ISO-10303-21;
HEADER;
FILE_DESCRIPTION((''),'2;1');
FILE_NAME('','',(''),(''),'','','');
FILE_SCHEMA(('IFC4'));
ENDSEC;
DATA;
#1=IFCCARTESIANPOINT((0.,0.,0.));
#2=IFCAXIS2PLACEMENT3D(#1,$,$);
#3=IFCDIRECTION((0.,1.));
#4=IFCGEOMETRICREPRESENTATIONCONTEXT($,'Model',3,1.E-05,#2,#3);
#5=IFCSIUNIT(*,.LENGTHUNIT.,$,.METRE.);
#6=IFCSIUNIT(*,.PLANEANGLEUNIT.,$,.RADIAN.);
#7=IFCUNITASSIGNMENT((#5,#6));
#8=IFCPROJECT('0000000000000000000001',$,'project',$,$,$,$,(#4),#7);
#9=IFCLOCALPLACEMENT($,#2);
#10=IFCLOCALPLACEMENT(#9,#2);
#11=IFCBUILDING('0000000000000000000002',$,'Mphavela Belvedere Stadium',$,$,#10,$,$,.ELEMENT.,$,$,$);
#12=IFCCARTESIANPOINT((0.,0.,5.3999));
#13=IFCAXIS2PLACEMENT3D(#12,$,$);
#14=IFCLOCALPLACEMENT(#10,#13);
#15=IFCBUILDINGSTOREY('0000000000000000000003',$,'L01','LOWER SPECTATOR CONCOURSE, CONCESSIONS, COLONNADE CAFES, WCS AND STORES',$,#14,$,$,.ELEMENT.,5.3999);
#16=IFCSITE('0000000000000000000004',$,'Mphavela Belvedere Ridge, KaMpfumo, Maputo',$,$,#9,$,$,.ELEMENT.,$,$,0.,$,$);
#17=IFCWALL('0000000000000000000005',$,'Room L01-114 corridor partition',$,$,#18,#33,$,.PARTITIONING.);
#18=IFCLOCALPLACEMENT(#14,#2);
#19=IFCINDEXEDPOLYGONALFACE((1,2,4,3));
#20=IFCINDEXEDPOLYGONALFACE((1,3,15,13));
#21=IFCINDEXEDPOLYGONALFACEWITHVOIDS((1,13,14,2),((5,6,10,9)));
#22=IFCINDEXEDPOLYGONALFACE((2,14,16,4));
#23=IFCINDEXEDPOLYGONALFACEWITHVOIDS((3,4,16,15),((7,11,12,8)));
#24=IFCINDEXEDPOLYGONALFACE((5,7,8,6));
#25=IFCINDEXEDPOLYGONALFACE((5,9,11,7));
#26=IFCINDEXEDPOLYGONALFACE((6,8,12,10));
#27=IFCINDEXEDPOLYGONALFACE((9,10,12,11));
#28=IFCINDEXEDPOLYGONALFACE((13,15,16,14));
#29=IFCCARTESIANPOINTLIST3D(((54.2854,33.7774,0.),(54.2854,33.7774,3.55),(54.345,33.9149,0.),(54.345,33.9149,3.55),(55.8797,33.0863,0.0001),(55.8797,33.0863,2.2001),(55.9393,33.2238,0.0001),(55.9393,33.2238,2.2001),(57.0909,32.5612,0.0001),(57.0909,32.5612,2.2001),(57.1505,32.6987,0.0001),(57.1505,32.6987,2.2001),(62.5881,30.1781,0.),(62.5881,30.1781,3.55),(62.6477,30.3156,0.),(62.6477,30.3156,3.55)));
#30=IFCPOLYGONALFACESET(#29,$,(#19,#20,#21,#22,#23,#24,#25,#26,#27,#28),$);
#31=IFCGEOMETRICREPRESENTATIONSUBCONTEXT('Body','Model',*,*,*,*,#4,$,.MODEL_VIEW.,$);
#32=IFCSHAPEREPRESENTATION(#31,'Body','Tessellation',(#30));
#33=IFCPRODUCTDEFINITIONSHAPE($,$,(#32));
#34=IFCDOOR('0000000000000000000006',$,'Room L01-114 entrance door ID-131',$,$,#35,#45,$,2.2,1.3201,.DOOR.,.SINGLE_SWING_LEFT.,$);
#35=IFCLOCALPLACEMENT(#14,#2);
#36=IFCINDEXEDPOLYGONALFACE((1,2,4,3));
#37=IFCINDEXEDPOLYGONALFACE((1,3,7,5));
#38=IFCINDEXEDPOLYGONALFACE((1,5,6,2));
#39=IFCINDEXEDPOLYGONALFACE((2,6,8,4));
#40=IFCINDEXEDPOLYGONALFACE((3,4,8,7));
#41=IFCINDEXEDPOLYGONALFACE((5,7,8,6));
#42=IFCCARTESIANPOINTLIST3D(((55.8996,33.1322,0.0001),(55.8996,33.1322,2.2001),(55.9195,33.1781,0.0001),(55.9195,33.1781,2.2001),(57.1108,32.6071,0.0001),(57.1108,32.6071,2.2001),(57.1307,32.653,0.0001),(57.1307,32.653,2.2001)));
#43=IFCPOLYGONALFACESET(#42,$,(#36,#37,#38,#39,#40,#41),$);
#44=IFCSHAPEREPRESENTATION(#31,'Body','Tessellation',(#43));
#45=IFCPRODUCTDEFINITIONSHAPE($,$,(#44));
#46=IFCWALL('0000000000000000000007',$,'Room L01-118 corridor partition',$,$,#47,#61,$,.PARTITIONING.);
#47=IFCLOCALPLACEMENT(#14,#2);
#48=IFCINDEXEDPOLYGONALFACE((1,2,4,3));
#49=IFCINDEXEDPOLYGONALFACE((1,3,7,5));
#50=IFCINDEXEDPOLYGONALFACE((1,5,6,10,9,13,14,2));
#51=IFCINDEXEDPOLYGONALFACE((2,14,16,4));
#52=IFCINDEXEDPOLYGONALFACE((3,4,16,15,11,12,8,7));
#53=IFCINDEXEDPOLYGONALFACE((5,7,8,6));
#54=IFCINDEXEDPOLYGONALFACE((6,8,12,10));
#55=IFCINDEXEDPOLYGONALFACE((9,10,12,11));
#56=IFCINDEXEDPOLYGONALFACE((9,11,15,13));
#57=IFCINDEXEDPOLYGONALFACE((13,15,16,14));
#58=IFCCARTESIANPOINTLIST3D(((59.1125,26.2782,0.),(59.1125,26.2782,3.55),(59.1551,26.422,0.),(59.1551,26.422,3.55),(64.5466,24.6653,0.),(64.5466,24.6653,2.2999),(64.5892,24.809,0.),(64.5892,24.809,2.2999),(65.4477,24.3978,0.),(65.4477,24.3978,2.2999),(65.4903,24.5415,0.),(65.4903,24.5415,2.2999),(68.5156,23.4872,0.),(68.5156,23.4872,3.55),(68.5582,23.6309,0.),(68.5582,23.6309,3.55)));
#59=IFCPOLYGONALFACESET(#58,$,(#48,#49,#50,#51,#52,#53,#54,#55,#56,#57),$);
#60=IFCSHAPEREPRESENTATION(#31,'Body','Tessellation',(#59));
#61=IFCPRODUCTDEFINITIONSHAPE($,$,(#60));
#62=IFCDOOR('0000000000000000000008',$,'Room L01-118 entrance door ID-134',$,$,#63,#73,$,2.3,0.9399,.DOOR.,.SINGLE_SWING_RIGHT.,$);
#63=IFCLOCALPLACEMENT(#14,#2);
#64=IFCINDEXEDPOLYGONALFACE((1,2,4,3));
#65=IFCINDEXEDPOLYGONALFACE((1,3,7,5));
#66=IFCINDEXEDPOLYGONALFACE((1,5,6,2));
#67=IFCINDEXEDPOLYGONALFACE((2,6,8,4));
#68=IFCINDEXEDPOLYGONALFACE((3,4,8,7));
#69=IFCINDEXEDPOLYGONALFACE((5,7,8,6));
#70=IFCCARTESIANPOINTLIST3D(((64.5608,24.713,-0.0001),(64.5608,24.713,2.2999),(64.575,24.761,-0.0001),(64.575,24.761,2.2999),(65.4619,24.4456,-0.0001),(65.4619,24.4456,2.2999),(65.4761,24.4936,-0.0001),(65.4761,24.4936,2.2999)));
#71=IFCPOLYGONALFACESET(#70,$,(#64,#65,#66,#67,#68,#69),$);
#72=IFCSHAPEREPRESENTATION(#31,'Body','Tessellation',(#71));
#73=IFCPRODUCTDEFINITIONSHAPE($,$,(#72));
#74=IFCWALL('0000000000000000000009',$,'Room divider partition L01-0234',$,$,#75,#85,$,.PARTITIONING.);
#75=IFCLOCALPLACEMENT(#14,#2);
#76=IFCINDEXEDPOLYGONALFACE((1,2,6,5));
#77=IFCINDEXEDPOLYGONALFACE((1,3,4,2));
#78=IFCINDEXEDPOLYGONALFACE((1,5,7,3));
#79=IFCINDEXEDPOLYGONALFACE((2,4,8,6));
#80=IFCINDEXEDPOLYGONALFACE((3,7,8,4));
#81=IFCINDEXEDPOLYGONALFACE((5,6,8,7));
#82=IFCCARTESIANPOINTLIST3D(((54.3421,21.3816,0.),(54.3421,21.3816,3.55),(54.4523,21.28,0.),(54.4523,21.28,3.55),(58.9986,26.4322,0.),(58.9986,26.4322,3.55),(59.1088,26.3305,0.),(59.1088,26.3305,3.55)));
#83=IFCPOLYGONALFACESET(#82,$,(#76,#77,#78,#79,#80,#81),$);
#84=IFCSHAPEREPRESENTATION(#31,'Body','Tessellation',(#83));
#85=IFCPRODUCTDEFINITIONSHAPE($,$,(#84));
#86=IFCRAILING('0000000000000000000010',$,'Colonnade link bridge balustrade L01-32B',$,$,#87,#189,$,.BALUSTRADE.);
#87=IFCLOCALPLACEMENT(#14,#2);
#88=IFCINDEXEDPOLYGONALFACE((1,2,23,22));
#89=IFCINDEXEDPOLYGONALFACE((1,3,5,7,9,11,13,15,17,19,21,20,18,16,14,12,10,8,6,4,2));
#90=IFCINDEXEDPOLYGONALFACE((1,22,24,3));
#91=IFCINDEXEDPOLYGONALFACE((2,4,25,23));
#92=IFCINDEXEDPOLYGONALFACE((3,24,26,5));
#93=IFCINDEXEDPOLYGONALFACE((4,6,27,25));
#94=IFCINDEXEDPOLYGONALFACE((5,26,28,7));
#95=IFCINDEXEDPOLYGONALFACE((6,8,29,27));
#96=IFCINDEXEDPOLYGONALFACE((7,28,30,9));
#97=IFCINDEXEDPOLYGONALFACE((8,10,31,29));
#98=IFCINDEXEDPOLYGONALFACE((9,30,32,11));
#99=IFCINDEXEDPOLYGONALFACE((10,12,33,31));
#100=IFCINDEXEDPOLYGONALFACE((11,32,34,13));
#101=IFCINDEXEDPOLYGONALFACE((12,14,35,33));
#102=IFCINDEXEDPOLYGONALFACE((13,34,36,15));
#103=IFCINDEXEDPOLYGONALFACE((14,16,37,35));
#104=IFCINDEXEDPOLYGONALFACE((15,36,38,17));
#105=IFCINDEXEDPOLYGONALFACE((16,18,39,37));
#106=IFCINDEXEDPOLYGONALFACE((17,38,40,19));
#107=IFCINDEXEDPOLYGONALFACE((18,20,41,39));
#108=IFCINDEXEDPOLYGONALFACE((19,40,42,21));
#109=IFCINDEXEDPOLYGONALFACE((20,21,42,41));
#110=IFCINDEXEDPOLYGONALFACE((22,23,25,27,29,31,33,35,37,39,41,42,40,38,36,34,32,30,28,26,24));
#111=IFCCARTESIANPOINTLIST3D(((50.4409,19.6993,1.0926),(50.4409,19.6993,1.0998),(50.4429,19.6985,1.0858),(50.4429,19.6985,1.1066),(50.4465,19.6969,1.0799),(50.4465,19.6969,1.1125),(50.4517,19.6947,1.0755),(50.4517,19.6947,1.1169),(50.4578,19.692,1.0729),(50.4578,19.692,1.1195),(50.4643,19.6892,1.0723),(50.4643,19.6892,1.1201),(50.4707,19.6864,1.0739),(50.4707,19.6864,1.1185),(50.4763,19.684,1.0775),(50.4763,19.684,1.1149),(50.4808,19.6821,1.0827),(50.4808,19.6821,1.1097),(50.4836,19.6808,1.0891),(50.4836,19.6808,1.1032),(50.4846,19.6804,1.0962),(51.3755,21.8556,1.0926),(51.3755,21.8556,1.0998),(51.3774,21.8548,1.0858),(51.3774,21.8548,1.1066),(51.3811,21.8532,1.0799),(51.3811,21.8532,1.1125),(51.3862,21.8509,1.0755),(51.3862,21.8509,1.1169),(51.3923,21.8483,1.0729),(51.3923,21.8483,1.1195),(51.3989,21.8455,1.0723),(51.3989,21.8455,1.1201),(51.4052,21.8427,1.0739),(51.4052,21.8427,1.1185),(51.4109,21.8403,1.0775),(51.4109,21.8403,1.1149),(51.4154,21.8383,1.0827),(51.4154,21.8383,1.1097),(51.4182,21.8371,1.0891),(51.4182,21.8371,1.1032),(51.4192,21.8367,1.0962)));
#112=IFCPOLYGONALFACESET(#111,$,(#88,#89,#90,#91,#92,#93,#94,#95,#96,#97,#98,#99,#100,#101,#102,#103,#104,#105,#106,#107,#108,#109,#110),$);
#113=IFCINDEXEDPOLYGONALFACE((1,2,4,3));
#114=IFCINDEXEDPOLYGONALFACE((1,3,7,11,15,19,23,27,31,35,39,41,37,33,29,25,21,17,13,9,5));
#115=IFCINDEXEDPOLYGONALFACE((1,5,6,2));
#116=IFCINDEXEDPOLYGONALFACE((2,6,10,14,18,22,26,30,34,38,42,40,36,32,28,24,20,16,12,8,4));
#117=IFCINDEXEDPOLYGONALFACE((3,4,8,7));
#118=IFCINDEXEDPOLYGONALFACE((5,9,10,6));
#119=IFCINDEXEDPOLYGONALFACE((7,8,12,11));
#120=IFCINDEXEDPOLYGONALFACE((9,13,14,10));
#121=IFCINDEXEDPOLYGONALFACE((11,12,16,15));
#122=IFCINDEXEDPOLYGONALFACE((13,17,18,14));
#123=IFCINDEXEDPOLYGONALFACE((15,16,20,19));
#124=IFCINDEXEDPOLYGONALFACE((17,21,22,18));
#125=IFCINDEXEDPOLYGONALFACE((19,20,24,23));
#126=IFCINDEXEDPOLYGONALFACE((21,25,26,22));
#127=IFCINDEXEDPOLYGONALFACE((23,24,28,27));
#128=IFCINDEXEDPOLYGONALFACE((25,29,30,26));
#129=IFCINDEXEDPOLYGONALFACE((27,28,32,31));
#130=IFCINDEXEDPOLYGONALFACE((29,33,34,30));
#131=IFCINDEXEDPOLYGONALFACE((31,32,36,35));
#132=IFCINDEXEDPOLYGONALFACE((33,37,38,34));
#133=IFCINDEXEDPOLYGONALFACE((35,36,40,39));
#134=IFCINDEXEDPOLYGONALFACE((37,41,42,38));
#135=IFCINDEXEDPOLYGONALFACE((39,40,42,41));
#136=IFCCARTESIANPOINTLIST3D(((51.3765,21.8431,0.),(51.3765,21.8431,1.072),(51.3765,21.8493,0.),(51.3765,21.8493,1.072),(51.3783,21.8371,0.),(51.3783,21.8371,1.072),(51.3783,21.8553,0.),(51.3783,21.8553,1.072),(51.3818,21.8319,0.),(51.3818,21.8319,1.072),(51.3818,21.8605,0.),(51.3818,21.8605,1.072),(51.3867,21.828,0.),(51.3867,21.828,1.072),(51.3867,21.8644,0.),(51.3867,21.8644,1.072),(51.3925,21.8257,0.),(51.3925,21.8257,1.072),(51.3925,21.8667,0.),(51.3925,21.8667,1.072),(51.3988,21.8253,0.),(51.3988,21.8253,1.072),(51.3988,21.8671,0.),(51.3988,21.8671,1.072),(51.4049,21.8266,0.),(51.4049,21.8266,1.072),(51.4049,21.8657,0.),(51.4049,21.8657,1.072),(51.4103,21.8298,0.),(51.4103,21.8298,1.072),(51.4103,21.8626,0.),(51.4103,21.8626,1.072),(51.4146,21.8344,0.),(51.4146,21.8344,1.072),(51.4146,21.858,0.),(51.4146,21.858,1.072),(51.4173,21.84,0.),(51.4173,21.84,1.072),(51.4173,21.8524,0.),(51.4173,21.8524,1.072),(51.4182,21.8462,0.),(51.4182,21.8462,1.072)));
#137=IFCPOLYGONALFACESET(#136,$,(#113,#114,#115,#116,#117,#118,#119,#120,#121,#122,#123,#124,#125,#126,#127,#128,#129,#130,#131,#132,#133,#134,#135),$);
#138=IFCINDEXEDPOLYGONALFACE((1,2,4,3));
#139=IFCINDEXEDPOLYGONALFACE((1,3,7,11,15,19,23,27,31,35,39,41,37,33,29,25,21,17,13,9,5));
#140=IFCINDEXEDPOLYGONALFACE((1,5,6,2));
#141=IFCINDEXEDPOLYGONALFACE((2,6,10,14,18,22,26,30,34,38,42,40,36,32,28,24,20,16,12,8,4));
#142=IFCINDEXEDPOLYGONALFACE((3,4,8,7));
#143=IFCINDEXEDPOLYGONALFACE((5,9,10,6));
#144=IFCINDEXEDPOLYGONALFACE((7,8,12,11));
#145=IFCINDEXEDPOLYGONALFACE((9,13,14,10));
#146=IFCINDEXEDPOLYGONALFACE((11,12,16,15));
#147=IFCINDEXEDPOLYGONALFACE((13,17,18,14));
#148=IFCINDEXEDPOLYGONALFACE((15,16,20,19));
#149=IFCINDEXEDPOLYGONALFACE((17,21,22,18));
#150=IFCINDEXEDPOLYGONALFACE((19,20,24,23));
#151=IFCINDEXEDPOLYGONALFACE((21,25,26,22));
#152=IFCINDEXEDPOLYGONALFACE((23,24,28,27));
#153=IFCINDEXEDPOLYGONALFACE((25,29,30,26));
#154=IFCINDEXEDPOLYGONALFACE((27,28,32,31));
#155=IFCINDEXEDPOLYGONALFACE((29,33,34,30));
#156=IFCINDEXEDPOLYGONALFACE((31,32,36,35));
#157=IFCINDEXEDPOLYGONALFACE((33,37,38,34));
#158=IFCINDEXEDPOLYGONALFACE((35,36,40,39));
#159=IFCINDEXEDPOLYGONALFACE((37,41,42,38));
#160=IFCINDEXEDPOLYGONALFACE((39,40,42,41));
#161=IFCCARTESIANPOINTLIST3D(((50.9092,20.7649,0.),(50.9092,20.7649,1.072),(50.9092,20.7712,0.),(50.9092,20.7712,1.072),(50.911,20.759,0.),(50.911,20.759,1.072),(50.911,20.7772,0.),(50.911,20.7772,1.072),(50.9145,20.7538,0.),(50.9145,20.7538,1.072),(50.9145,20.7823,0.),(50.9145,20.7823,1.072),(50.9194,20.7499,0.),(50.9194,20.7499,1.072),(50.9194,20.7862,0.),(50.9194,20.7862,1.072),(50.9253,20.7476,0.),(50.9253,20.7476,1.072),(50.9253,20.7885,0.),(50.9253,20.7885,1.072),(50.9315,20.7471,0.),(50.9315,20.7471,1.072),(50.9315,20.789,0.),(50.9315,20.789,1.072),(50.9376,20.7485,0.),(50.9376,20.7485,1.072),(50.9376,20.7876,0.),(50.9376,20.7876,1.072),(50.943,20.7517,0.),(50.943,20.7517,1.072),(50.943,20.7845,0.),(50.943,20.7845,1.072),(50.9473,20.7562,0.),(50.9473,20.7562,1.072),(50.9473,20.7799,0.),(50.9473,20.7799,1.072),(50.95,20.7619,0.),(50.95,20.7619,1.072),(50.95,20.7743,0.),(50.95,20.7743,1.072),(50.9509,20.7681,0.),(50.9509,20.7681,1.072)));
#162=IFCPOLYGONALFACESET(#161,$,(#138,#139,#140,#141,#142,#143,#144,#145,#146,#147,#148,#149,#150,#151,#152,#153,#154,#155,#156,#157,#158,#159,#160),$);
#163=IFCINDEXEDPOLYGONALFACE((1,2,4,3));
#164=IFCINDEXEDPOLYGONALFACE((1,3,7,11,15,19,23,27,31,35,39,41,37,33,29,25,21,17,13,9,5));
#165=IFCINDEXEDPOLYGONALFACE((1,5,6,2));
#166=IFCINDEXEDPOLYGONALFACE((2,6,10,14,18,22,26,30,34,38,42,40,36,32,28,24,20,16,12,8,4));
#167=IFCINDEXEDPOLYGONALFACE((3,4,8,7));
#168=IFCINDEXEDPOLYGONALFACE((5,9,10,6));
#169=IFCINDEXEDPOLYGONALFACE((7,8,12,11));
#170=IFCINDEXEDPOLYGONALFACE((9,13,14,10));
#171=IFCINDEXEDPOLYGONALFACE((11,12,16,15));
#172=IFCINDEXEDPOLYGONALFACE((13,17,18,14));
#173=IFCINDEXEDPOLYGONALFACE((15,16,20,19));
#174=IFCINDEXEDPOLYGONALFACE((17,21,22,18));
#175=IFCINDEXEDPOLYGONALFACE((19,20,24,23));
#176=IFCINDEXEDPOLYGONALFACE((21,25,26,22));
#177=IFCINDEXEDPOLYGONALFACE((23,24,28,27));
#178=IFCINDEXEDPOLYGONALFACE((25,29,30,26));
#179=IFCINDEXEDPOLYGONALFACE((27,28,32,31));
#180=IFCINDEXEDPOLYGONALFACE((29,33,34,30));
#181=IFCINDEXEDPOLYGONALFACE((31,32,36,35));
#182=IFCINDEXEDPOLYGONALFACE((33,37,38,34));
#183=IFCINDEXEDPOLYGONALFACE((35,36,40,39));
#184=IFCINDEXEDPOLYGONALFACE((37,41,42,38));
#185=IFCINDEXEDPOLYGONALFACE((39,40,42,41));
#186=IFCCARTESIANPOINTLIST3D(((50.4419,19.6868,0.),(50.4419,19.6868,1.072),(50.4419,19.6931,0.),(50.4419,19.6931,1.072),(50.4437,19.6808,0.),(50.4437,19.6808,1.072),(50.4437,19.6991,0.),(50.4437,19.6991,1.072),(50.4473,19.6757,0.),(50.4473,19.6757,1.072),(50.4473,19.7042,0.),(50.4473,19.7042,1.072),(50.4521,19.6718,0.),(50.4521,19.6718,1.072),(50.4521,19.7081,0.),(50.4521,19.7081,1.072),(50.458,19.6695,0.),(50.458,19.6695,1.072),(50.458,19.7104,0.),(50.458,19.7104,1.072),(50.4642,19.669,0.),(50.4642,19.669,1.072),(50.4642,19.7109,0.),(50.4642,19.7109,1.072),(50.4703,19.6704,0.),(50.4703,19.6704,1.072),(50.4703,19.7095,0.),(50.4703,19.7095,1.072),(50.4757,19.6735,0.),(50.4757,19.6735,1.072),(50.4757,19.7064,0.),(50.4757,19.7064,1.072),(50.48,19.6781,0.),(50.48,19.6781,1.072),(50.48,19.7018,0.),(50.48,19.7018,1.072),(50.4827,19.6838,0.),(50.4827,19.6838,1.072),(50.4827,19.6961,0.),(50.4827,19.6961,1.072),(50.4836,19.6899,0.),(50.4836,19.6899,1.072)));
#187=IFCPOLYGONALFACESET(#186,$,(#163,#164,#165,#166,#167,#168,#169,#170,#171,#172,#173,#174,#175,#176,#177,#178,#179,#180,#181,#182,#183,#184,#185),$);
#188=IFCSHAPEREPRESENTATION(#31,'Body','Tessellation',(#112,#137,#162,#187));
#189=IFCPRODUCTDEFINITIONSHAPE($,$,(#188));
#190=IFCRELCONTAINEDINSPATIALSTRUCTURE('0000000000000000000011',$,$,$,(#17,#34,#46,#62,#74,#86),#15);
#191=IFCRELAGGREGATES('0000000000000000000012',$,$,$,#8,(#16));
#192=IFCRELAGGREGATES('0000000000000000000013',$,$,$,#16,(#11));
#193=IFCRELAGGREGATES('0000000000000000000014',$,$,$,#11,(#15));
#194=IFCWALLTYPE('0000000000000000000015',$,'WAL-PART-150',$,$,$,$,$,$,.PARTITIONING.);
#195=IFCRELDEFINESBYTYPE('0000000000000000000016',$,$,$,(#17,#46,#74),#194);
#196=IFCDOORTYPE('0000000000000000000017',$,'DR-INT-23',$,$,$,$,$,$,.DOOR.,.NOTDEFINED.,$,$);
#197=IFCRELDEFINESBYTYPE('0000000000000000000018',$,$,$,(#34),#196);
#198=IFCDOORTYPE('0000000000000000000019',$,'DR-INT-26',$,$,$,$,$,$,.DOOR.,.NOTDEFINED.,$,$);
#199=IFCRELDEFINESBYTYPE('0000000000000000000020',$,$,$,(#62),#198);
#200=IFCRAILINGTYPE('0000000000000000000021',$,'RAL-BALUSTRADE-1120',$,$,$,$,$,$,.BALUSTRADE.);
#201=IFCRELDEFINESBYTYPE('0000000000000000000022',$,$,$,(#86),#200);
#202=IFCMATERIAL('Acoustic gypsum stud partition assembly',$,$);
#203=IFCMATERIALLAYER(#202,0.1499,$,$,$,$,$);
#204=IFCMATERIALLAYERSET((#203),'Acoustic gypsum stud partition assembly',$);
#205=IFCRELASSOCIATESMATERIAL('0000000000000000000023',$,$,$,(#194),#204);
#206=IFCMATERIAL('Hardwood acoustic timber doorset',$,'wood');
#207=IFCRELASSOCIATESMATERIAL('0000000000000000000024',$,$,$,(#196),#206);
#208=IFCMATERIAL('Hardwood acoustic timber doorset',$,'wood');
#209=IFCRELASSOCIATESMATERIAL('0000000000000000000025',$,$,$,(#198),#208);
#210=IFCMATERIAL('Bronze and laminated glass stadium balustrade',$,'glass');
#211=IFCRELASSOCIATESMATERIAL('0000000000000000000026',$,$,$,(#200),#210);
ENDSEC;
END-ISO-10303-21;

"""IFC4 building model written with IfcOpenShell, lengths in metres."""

from ifc_helpers import new_model, si_unit, direction, frame, frame_2d, origin, origin_2d, place, context, subcontext, project, spatial, rectangle, circle, extrude, material, layer, layer_set, type_object, element, fill, save


model = new_model("IFC4")

# Units and contexts
model_context = context("Model", 3, precision=1e-05, world=origin(), true_north=direction((0.0, 1.0)))
body_context = subcontext(model_context, "Body", "Model", "MODEL_VIEW")
ifc_project = project(units=[si_unit("LENGTHUNIT", "METRE"), si_unit("PLANEANGLEUNIT", "RADIAN")], contexts=[model_context])

# Site, building, storey
site_placement = place(None, origin())
site = spatial("IfcSite", under=ifc_project, at=site_placement, Name="Mphavela Belvedere Ridge, KaMpfumo, Maputo", CompositionType="ELEMENT", RefElevation=0.0)
building_placement = place(site_placement, origin())
building = spatial("IfcBuilding", under=site, at=building_placement, Name="Mphavela Belvedere Stadium", CompositionType="ELEMENT")
storey_placement = place(building_placement, frame((0.0, 0.0, 5.3999)))
storey = spatial("IfcBuildingStorey", under=building, at=storey_placement, Name="L01", Description="LOWER SPECTATOR CONCOURSE, CONCESSIONS, COLONNADE CAFES, WCS AND STORES", CompositionType="ELEMENT", Elevation=5.3999)

# Walls, openings, doors
ifc_material_1 = material(Name="Acoustic gypsum stud partition assembly")
ifc_layer_1 = layer(ifc_material_1, 0.1499)
ifc_layer_set_1 = layer_set([ifc_layer_1], Name="Acoustic gypsum stud partition assembly")
wall_type_1 = type_object("IfcWallType", Name="WAL-PART-150", PredefinedType="PARTITIONING", material=ifc_layer_set_1)
wall_1_placement = place(storey_placement, frame((62.6179, 30.2468, 0.0), z_axis=(0.0, 0.0, 1.0), x_axis=(-0.917495, 0.397748, 0.0)))
wall_1 = element("IfcWall", 1, at=wall_1_placement, inside=storey, type_object=wall_type_1, Name="Room L01-114 corridor partition", PredefinedType="PARTITIONING", context=body_context, shape_type="SweptSolid", body=[
    extrude(rectangle(XDim=9.0493, YDim=0.1499, at=frame_2d((4.5247, 0.0))), origin(), (0.0, 0.0, 1.0), 3.55),
])
opening_1_placement = place(wall_1_placement, frame((5.9915, 0.0, 0.0)))
opening_1 = element("IfcOpeningElement", 2, at=opening_1_placement, cuts=wall_1, PredefinedType="OPENING", context=body_context, shape_type="SweptSolid", body=[
    extrude(rectangle(XDim=1.3201, YDim=2.2, at=frame_2d((0.6602, 1.1001))), frame((0.0, 0.085, 0.0), z_axis=(0.0, -1.0, 0.0), x_axis=(1.0, 0.0, 0.0)), (0.0, 0.0, 1.0), 0.1699),
])
ifc_material_2 = material(Name="Hardwood acoustic timber doorset", Category="wood")
door_type_1 = type_object("IfcDoorType", Name="DR-INT-23", OperationType="NOTDEFINED", PredefinedType="DOOR", material=ifc_material_2)
door_1_placement = place(opening_1_placement, origin())
door_1 = element("IfcDoor", 3, at=door_1_placement, inside=storey, type_object=door_type_1, Name="Room L01-114 entrance door ID-131", OperationType="SINGLE_SWING_LEFT", OverallHeight=2.2, OverallWidth=1.3201, PredefinedType="DOOR", context=body_context, shape_type="SweptSolid", body=[
    extrude(rectangle(XDim=1.3201, YDim=2.2, at=frame_2d((0.6602, 1.1001))), frame((0.0, 0.0249, 0.0), z_axis=(0.0, -1.0, 0.0), x_axis=(1.0, 0.0, 0.0)), (0.0, 0.0, 1.0), 0.05),
])
fill(opening_1, door_1)
wall_2_placement = place(storey_placement, frame((59.1338, 26.3501, 0.0), z_axis=(0.0, 0.0, 1.0), x_axis=(0.958661, -0.284549, 0.0)))
wall_2 = element("IfcWall", 4, at=wall_2_placement, inside=storey, type_object=wall_type_1, Name="Room L01-118 corridor partition", PredefinedType="PARTITIONING", context=body_context, shape_type="SweptSolid", body=[
    extrude(rectangle(XDim=9.8086, YDim=0.1499, at=frame_2d((4.9043, 0.0))), origin(), (0.0, 0.0, 1.0), 3.55),
])
opening_2_placement = place(wall_2_placement, frame((5.6685, 0.0, 0.0)))
opening_2 = element("IfcOpeningElement", 5, at=opening_2_placement, cuts=wall_2, PredefinedType="OPENING", context=body_context, shape_type="SweptSolid", body=[
    extrude(rectangle(XDim=0.9399, YDim=2.3, at=frame_2d((0.47, 1.1499))), frame((0.0, 0.085, 0.0), z_axis=(0.0, -1.0, 0.0), x_axis=(1.0, 0.0, 0.0)), (0.0, 0.0, 1.0), 0.1699),
])
ifc_material_3 = material(Name="Hardwood acoustic timber doorset", Category="wood")
door_type_2 = type_object("IfcDoorType", Name="DR-INT-26", OperationType="NOTDEFINED", PredefinedType="DOOR", material=ifc_material_3)
door_2_placement = place(opening_2_placement, origin())
door_2 = element("IfcDoor", 6, at=door_2_placement, inside=storey, type_object=door_type_2, Name="Room L01-118 entrance door ID-134", OperationType="SINGLE_SWING_RIGHT", OverallHeight=2.3, OverallWidth=0.9399, PredefinedType="DOOR", context=body_context, shape_type="SweptSolid", body=[
    extrude(rectangle(XDim=0.9399, YDim=2.3, at=frame_2d((0.47, 1.1499))), frame((0.0, 0.0249, 0.0), z_axis=(0.0, -1.0, 0.0), x_axis=(1.0, 0.0, 0.0)), (0.0, 0.0, 1.0), 0.05),
])
fill(opening_2, door_2)

# Wall
wall_3_placement = place(storey_placement, frame((59.0537, 26.3813, 0.0), z_axis=(0.0, 0.0, 1.0), x_axis=(-0.677845, -0.735205, 0.0)))
element("IfcWall", 7, at=wall_3_placement, inside=storey, type_object=wall_type_1, Name="Room divider partition L01-0234", PredefinedType="PARTITIONING", context=body_context, shape_type="SweptSolid", body=[
    extrude(rectangle(XDim=6.8696, YDim=0.1499, at=frame_2d((3.4348, 0.0))), origin(), (0.0, 0.0, 1.0), 3.55),
])

# Railing
ifc_material_4 = material(Name="Bronze and laminated glass stadium balustrade", Category="glass")
railing_type = type_object("IfcRailingType", Name="RAL-BALUSTRADE-1120", PredefinedType="BALUSTRADE", material=ifc_material_4)
railing_1_placement = place(storey_placement, frame((51.3972, 21.8462, 0.0)))
element("IfcRailing", 8, at=railing_1_placement, inside=storey, type_object=railing_type, Name="Colonnade link bridge balustrade L01-32B", PredefinedType="BALUSTRADE", context=body_context, shape_type="SweptSolid", body=[
    extrude(circle(Radius=0.0239, at=origin_2d()), frame((0.0, 0.0, 1.0962), z_axis=(-0.397677, -0.917525, 0.0), x_axis=(0.917525, -0.397677, 0.0)), (0.0, 0.0, 1.0), 2.3501),
    extrude(circle(Radius=0.021, at=origin_2d()), origin(), (0.0, 0.0, 1.0), 1.072),
    extrude(circle(Radius=0.021, at=origin_2d()), frame((-0.4673, -1.0781, 0.0)), (0.0, 0.0, 1.0), 1.072),
    extrude(circle(Radius=0.021, at=origin_2d()), frame((-0.9346, -2.1562, 0.0)), (0.0, 0.0, 1.0), 1.072),
])

save(model, "model.ifc")
